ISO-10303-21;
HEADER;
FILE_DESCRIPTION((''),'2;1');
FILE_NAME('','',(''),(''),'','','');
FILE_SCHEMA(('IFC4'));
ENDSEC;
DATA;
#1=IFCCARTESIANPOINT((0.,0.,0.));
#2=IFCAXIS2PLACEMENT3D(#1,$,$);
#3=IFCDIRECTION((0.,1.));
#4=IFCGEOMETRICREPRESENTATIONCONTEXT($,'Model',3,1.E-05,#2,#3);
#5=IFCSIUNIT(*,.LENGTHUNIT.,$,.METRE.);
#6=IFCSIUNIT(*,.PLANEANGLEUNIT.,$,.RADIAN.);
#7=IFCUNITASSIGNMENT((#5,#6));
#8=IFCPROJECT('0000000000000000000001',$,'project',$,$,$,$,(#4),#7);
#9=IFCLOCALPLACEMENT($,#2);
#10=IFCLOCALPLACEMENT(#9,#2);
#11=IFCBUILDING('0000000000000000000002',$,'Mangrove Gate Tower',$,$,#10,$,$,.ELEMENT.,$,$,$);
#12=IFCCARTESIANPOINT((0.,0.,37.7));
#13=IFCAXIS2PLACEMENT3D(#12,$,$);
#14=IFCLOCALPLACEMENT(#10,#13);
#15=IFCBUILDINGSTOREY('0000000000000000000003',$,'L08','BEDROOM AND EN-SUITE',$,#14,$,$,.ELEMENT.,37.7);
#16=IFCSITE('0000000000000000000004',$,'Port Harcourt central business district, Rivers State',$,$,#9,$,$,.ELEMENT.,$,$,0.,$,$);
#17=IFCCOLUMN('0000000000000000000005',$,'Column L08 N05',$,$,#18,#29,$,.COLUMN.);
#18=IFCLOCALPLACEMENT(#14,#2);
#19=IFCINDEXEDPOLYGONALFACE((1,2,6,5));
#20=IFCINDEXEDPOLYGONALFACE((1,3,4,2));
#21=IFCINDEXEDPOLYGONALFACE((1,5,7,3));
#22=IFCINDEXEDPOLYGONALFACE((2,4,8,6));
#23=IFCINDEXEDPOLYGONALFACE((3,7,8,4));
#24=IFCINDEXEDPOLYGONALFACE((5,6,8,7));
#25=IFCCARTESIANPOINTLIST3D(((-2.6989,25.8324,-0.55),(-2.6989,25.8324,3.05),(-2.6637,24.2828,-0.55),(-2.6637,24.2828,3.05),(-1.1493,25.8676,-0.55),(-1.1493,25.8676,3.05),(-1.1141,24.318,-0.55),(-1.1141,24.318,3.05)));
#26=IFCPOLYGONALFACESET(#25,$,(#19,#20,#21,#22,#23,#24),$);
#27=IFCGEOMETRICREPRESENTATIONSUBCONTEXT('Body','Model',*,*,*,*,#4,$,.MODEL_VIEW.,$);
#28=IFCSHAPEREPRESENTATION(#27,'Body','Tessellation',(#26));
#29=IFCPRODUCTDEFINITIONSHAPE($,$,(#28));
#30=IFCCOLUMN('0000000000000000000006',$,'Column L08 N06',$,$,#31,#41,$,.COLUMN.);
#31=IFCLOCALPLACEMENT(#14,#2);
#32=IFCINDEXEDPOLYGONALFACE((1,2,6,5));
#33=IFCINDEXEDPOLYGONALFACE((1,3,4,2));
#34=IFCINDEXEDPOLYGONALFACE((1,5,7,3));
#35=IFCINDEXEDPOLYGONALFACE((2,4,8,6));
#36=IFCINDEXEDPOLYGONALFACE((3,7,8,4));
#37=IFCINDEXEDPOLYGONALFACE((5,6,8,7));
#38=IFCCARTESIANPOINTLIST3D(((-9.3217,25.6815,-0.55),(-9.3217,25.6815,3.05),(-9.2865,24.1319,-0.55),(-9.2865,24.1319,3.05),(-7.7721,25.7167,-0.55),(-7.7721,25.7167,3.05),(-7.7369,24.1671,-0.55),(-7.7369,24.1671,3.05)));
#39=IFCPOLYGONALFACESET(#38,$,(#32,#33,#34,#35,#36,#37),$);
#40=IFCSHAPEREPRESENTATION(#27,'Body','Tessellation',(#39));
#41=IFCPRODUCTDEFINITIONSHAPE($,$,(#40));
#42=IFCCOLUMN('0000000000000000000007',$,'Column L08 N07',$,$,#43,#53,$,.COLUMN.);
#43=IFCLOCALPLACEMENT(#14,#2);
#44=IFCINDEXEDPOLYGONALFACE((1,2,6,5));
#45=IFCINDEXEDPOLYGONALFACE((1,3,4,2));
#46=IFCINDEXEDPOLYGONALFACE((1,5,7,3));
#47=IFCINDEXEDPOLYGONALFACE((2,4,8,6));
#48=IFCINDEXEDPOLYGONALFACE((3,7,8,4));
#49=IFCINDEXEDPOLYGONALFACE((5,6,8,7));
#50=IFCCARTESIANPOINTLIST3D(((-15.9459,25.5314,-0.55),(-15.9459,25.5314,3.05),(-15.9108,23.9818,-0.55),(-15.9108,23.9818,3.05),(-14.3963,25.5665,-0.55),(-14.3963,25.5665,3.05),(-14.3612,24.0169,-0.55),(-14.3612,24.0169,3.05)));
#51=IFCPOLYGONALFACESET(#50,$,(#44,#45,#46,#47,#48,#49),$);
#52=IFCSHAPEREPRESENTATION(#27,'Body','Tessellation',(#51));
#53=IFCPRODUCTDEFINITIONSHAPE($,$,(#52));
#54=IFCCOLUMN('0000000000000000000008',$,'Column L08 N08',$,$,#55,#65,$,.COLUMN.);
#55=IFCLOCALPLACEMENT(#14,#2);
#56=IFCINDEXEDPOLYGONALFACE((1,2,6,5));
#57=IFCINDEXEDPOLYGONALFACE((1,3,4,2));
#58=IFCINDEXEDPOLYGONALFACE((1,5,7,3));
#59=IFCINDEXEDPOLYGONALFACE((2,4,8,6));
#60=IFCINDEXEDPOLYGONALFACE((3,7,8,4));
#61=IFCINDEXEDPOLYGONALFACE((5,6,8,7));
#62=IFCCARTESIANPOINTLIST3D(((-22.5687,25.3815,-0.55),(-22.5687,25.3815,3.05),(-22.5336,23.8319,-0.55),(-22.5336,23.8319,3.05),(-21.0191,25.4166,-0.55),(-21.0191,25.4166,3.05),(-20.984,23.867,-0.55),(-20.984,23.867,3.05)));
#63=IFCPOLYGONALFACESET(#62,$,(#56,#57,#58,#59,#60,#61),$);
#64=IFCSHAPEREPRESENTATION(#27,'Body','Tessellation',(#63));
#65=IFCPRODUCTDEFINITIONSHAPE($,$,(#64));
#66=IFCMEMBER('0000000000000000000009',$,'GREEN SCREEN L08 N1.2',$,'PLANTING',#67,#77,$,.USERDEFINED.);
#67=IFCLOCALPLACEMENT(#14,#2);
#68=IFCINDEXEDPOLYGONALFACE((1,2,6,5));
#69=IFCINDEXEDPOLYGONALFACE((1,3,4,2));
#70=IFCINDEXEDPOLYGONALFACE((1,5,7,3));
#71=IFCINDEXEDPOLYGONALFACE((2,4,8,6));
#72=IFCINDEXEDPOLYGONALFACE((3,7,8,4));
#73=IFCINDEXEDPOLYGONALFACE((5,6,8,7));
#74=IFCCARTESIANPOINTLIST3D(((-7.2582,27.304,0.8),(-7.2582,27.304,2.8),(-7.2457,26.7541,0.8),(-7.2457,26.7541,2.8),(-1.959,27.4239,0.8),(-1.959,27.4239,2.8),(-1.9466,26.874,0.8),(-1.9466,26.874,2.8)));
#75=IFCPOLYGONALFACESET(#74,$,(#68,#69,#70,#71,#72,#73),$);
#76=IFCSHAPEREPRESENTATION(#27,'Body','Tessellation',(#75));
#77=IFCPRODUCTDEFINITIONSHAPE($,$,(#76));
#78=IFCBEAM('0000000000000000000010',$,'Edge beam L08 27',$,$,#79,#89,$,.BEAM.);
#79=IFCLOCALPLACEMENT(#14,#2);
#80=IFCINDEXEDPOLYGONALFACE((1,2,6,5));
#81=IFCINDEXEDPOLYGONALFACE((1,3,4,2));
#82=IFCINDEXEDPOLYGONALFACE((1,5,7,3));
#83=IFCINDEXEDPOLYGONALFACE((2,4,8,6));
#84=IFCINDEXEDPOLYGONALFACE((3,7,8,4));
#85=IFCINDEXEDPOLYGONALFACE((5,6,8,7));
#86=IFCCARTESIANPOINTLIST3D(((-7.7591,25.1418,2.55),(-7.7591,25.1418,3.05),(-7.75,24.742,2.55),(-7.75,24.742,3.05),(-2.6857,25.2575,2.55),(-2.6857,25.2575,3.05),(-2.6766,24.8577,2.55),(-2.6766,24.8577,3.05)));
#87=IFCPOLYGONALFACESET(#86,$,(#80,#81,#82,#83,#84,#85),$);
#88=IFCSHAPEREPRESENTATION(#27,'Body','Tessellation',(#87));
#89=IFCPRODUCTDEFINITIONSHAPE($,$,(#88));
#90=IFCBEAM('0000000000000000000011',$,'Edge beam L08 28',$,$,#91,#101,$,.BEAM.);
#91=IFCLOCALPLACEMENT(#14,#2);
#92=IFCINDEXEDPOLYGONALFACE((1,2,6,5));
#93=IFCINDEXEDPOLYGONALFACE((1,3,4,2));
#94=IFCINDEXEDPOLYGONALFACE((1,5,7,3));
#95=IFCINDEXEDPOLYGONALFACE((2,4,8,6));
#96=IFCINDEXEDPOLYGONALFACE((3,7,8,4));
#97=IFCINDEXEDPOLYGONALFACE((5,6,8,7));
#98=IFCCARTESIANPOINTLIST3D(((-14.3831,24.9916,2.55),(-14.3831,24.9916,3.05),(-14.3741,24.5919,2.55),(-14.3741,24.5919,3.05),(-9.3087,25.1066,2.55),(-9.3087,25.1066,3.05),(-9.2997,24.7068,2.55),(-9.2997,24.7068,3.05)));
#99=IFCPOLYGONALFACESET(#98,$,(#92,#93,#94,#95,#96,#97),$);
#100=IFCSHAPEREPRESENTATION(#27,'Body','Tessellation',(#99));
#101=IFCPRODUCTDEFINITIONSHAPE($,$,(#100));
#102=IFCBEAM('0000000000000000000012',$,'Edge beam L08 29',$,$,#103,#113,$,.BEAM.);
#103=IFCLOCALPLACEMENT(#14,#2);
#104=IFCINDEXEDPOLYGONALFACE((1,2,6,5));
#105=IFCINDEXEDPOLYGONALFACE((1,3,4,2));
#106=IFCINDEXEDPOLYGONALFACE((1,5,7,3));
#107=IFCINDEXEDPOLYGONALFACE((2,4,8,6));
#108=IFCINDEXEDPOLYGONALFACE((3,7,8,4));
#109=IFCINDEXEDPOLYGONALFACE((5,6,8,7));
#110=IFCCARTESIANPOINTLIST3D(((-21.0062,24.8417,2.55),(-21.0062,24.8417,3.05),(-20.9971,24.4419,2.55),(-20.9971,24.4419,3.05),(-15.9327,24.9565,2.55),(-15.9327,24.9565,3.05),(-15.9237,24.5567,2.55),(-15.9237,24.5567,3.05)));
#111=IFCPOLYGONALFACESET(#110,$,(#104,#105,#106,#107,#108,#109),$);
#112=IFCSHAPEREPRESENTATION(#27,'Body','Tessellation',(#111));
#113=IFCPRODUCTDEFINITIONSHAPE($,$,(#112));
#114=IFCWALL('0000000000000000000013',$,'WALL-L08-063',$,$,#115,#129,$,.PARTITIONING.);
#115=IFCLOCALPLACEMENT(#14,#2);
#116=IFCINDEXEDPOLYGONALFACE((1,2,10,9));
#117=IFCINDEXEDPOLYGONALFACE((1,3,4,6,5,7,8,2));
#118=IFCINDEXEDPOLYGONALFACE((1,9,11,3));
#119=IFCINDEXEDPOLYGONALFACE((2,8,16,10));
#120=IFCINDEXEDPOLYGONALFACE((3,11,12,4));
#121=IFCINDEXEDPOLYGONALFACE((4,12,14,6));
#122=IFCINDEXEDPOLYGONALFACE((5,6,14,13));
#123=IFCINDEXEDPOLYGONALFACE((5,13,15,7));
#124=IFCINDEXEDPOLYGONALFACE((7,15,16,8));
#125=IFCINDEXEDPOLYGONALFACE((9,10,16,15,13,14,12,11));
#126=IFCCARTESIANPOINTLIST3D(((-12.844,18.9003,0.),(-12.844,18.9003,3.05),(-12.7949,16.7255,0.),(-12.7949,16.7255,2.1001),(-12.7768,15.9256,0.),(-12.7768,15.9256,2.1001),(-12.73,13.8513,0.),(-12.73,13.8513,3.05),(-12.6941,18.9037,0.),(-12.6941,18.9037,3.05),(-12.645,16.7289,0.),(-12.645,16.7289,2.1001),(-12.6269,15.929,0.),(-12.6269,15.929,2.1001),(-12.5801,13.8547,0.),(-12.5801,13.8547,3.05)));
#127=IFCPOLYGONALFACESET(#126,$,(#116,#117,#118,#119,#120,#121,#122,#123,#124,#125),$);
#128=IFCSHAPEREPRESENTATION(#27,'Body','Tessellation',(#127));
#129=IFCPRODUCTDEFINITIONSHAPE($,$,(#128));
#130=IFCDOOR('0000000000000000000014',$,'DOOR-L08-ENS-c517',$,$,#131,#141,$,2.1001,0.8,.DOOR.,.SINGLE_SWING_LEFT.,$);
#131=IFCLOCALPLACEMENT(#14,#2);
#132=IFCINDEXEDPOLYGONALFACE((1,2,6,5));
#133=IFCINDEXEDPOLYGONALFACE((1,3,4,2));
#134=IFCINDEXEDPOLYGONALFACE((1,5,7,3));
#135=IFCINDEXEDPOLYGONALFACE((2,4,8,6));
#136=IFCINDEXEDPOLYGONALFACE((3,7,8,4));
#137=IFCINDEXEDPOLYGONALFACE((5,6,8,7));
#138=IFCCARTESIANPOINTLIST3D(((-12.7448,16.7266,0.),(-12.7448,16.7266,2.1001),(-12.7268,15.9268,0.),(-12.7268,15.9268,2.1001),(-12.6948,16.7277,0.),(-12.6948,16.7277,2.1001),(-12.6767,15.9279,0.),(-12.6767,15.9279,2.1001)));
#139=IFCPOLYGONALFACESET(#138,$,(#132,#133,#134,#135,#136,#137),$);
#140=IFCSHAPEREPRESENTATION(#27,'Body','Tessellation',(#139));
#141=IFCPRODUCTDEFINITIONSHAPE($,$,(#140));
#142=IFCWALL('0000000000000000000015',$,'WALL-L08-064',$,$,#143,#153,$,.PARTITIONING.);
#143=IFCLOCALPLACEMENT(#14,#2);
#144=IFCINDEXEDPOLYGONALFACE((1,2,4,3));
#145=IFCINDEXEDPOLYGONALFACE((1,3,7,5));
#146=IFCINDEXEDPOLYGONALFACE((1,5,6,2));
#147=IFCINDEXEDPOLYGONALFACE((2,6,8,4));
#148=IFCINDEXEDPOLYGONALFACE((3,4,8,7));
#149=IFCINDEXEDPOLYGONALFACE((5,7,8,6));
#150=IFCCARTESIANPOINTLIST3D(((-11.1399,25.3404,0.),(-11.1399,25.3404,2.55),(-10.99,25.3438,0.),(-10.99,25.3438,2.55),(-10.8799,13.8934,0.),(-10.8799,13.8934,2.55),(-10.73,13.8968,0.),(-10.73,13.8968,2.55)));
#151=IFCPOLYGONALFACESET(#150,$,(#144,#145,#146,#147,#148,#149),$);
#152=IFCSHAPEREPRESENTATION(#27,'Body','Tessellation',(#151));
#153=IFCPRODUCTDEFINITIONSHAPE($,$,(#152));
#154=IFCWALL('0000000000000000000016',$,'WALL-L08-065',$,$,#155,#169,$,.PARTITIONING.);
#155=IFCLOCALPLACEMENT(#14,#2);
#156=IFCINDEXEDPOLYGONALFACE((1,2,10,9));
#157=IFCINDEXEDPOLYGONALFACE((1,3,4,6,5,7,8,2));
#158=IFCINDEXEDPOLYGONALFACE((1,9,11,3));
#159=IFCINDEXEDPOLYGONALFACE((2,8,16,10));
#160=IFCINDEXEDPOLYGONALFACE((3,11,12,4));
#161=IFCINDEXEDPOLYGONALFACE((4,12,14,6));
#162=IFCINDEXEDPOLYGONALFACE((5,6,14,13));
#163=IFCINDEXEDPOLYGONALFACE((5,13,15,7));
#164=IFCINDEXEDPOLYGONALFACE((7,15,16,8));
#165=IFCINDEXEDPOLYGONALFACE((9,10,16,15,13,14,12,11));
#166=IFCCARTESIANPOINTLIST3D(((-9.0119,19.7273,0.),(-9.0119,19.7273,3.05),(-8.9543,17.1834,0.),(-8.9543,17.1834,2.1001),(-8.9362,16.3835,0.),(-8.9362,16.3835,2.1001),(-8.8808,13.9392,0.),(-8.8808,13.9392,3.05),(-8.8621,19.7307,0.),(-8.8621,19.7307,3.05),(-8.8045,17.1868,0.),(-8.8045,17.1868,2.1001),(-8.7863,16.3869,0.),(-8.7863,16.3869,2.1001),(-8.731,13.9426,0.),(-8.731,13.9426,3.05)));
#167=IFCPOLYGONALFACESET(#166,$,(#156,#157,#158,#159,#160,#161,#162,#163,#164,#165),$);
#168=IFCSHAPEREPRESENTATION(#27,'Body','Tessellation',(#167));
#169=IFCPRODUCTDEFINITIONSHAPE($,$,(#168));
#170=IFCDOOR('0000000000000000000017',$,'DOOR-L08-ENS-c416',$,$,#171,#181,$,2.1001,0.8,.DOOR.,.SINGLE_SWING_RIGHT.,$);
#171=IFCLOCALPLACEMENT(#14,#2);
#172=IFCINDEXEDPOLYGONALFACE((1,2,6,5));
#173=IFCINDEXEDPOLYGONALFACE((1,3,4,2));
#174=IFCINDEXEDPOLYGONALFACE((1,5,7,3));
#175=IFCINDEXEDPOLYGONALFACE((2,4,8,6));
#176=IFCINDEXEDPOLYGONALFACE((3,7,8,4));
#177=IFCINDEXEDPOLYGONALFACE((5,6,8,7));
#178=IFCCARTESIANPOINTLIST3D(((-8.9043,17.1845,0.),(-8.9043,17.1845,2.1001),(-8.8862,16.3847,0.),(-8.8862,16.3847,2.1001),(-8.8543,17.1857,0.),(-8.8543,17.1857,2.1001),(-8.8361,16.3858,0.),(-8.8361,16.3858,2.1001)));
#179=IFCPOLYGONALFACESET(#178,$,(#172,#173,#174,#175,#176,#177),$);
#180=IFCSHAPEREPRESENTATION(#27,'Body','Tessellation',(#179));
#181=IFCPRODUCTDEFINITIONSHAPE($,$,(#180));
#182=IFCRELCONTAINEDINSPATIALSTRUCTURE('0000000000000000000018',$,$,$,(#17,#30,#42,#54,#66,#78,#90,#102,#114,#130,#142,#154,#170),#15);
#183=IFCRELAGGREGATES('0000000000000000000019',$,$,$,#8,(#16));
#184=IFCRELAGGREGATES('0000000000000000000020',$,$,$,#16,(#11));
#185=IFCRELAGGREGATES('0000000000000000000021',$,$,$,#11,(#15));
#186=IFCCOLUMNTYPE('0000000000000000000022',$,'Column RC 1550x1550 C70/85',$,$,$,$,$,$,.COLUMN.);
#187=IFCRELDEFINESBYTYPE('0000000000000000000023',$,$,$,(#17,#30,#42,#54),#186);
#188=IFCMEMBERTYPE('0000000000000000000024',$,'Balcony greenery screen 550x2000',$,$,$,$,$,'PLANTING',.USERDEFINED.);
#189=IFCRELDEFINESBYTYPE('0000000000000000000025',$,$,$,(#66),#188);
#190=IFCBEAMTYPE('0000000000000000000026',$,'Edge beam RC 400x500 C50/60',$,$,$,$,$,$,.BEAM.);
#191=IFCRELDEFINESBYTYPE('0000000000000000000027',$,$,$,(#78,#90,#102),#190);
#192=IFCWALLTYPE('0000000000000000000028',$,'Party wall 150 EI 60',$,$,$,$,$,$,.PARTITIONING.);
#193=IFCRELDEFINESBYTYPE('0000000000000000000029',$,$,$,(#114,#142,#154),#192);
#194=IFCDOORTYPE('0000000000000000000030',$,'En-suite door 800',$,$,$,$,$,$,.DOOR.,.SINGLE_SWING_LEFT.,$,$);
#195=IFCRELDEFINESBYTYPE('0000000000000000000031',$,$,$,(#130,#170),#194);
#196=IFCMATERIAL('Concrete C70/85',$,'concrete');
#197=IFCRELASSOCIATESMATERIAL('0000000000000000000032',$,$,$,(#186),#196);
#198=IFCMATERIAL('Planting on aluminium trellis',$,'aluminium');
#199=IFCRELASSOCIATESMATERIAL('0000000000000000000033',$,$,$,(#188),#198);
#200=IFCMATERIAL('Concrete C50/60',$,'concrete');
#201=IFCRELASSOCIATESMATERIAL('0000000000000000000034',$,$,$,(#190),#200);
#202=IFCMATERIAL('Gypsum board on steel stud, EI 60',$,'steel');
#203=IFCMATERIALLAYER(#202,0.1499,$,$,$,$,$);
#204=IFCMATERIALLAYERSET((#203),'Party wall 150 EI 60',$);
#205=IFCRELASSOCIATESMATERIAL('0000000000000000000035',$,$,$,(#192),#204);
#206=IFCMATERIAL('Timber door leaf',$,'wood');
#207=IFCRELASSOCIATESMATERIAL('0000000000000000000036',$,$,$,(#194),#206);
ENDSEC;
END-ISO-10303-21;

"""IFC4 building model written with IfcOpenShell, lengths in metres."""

from ifc_helpers import new_model, si_unit, direction, frame, frame_2d, origin, origin_2d, place, context, subcontext, project, spatial, rectangle, extrude, material, layer, layer_set, material_profile, profile_set, type_object, element, fill, save


model = new_model("IFC4")

# Units and contexts
model_context = context("Model", 3, precision=1e-05, world=origin(), true_north=direction((0.0, 1.0)))
body_context = subcontext(model_context, "Body", "Model", "MODEL_VIEW")
ifc_project = project(units=[si_unit("LENGTHUNIT", "METRE"), si_unit("PLANEANGLEUNIT", "RADIAN")], contexts=[model_context])

# Site, building, storey
site_placement = place(None, origin())
site = spatial("IfcSite", under=ifc_project, at=site_placement, Name="Port Harcourt central business district, Rivers State", CompositionType="ELEMENT", RefElevation=0.0)
building_placement = place(site_placement, origin())
building = spatial("IfcBuilding", under=site, at=building_placement, Name="Mangrove Gate Tower", CompositionType="ELEMENT")
storey_placement = place(building_placement, frame((0.0, 0.0, 37.7)))
storey = spatial("IfcBuildingStorey", under=building, at=storey_placement, Name="L08", Description="BEDROOM AND EN-SUITE", CompositionType="ELEMENT", Elevation=37.7)

# Columns
ifc_material_1 = material(Name="Concrete C70/85", Category="concrete")
ifc_material_profile_1 = material_profile(ifc_material_1, rectangle(XDim=1.55, YDim=1.55, at=origin_2d()))
ifc_profile_set_1 = profile_set([ifc_material_profile_1], Name="Concrete C70/85")
column_type = type_object("IfcColumnType", Name="Column RC 1550x1550 C70/85", PredefinedType="COLUMN", material=ifc_profile_set_1)
for number, where, z_axis, x_axis, name in (
    (1, (-1.9065, 25.0752, -0.55), (0.0, 0.0, 1.0), (-0.999742, -0.022718, 0.0), "Column L08 N05"),
    (2, (-8.5293, 24.9243, -0.55), (0.0, 0.0, 1.0), (-0.999742, -0.022716, 0.0), "Column L08 N06"),
    (3, (-15.1536, 24.7742, -0.55), (0.0, 0.0, 1.0), (-0.999744, -0.022641, 0.0), "Column L08 N07"),
    (4, (-21.7764, 24.6243, -0.55), (0.0, 0.0, 1.0), (-0.999744, -0.022643, 0.0), "Column L08 N08"),
):
    element("IfcColumn", number, at=place(storey_placement, frame(where, z_axis=z_axis, x_axis=x_axis)), inside=storey, type_object=column_type, Name=name, PredefinedType="COLUMN", context=body_context, shape_type="SweptSolid", body=[
        extrude(rectangle(XDim=1.55, YDim=1.55, at=origin_2d()), origin(), (0.0, 0.0, 1.0), 3.6001),
    ])

# Member
ifc_material_2 = material(Name="Planting on aluminium trellis", Category="aluminium")
ifc_material_profile_2 = material_profile(ifc_material_2, rectangle(XDim=0.55, YDim=2.0, at=origin_2d()))
ifc_profile_set_2 = profile_set([ifc_material_profile_2], Name="Planting on aluminium trellis")
member_type = type_object("IfcMemberType", Name="Balcony greenery screen 550x2000", ElementType="PLANTING", PredefinedType="USERDEFINED", material=ifc_profile_set_2)
member_placement = place(storey_placement, frame((-7.252, 27.0291, 1.8), z_axis=(0.999744, 0.022616, 0.0), x_axis=(-0.022616, 0.999744, 0.0)))
element("IfcMember", 5, at=member_placement, inside=storey, type_object=member_type, Name="GREEN SCREEN L08 N1.2", ObjectType="PLANTING", PredefinedType="USERDEFINED", context=body_context, shape_type="SweptSolid", body=[
    extrude(rectangle(XDim=0.55, YDim=2.0, at=origin_2d()), origin(), (0.0, 0.0, 1.0), 5.3005),
])

# Beams
ifc_material_3 = material(Name="Concrete C50/60", Category="concrete")
ifc_material_profile_3 = material_profile(ifc_material_3, rectangle(XDim=0.3999, YDim=0.5, at=origin_2d()))
ifc_profile_set_3 = profile_set([ifc_material_profile_3], Name="Concrete C50/60")
beam_type = type_object("IfcBeamType", Name="Edge beam RC 400x500 C50/60", PredefinedType="BEAM", material=ifc_profile_set_3)
beam_1_placement = place(storey_placement, frame((-2.6812, 25.0576, 2.8), z_axis=(-0.99974, -0.022803, 0.0), x_axis=(0.022803, -0.99974, 0.0)))
element("IfcBeam", 6, at=beam_1_placement, inside=storey, type_object=beam_type, Name="Edge beam L08 27", PredefinedType="BEAM", context=body_context, shape_type="SweptSolid", body=[
    extrude(rectangle(XDim=0.3999, YDim=0.5, at=origin_2d()), origin(), (0.0, 0.0, 1.0), 5.0747),
])
beam_2_placement = place(storey_placement, frame((-9.3042, 24.9067, 2.8), z_axis=(-0.999743, -0.022655, 0.0), x_axis=(0.022655, -0.999743, 0.0)))
element("IfcBeam", 7, at=beam_2_placement, inside=storey, type_object=beam_type, Name="Edge beam L08 28", PredefinedType="BEAM", context=body_context, shape_type="SweptSolid", body=[
    extrude(rectangle(XDim=0.3999, YDim=0.5, at=origin_2d()), origin(), (0.0, 0.0, 1.0), 5.0757),
])
beam_3_placement = place(storey_placement, frame((-15.9282, 24.7566, 2.8), z_axis=(-0.999744, -0.022611, 0.0), x_axis=(0.022611, -0.999744, 0.0)))
element("IfcBeam", 8, at=beam_3_placement, inside=storey, type_object=beam_type, Name="Edge beam L08 29", PredefinedType="BEAM", context=body_context, shape_type="SweptSolid", body=[
    extrude(rectangle(XDim=0.3999, YDim=0.5, at=origin_2d()), origin(), (0.0, 0.0, 1.0), 5.0747),
])

# Wall, opening, door
ifc_material_4 = material(Name="Gypsum board on steel stud, EI 60", Category="steel")
ifc_layer_1 = layer(ifc_material_4, 0.1499)
ifc_layer_set_1 = layer_set([ifc_layer_1], Name="Party wall 150 EI 60")
wall_type_1 = type_object("IfcWallType", Name="Party wall 150 EI 60", PredefinedType="PARTITIONING", material=ifc_layer_set_1)
wall_1_placement = place(storey_placement, frame((-12.655, 13.853, 0.0), z_axis=(0.0, 0.0, 1.0), x_axis=(-0.022575, 0.999745, 0.0)))
wall_1 = element("IfcWall", 9, at=wall_1_placement, inside=storey, type_object=wall_type_1, Name="WALL-L08-063", PredefinedType="PARTITIONING", context=body_context, shape_type="SweptSolid", body=[
    extrude(rectangle(XDim=5.0503, YDim=0.1499, at=frame_2d((2.5251, 0.0))), origin(), (0.0, 0.0, 1.0), 3.05),
])
opening_1_placement = place(wall_1_placement, frame((2.075, 0.0, 0.0)))
opening_1 = element("IfcOpeningElement", 10, at=opening_1_placement, cuts=wall_1, PredefinedType="OPENING", context=body_context, shape_type="SweptSolid", body=[
    extrude(rectangle(XDim=0.8, YDim=2.1001, at=frame_2d((0.3999, 1.05))), frame((0.0, 0.085, 0.0), z_axis=(0.0, -1.0, 0.0), x_axis=(1.0, 0.0, 0.0)), (0.0, 0.0, 1.0), 0.1699),
])
ifc_material_5 = material(Name="Timber door leaf", Category="wood")
door_type = type_object("IfcDoorType", Name="En-suite door 800", OperationType="SINGLE_SWING_LEFT", PredefinedType="DOOR", material=ifc_material_5)
door_1_placement = place(opening_1_placement, origin())
door_1 = element("IfcDoor", 11, at=door_1_placement, inside=storey, type_object=door_type, Name="DOOR-L08-ENS-c517", OperationType="SINGLE_SWING_LEFT", OverallHeight=2.1001, OverallWidth=0.8, PredefinedType="DOOR", context=body_context, shape_type="SweptSolid", body=[
    extrude(rectangle(XDim=0.8, YDim=2.1001, at=frame_2d((0.3999, 1.05))), frame((0.0, 0.0249, 0.0), z_axis=(0.0, -1.0, 0.0), x_axis=(1.0, 0.0, 0.0)), (0.0, 0.0, 1.0), 0.05),
])
fill(opening_1, door_1)

# Wall
wall_2_placement = place(storey_placement, frame((-10.8049, 13.895, 0.0), z_axis=(0.0, 0.0, 1.0), x_axis=(-0.022708, 0.999742, 0.0)))
element("IfcWall", 12, at=wall_2_placement, inside=storey, type_object=wall_type_1, Name="WALL-L08-064", PredefinedType="PARTITIONING", context=body_context, shape_type="SweptSolid", body=[
    extrude(rectangle(XDim=11.45, YDim=0.1499, at=frame_2d((5.7251, 0.0))), origin(), (0.0, 0.0, 1.0), 2.55),
])

# Wall, opening, door
wall_3_placement = place(storey_placement, frame((-8.8059, 13.9409, 0.0), z_axis=(0.0, 0.0, 1.0), x_axis=(-0.022645, 0.999744, 0.0)))
wall_3 = element("IfcWall", 13, at=wall_3_placement, inside=storey, type_object=wall_type_1, Name="WALL-L08-065", PredefinedType="PARTITIONING", context=body_context, shape_type="SweptSolid", body=[
    extrude(rectangle(XDim=5.7896, YDim=0.1499, at=frame_2d((2.8948, 0.0))), origin(), (0.0, 0.0, 1.0), 3.05),
])
opening_2_placement = place(wall_3_placement, frame((2.4451, 0.0, 0.0)))
opening_2 = element("IfcOpeningElement", 14, at=opening_2_placement, cuts=wall_3, PredefinedType="OPENING", context=body_context, shape_type="SweptSolid", body=[
    extrude(rectangle(XDim=0.8, YDim=2.1001, at=frame_2d((0.3999, 1.05))), frame((0.0, 0.085, 0.0), z_axis=(0.0, -1.0, 0.0), x_axis=(1.0, 0.0, 0.0)), (0.0, 0.0, 1.0), 0.1699),
])
door_2_placement = place(opening_2_placement, origin())
door_2 = element("IfcDoor", 15, at=door_2_placement, inside=storey, type_object=door_type, Name="DOOR-L08-ENS-c416", OperationType="SINGLE_SWING_RIGHT", OverallHeight=2.1001, OverallWidth=0.8, PredefinedType="DOOR", context=body_context, shape_type="SweptSolid", body=[
    extrude(rectangle(XDim=0.8, YDim=2.1001, at=frame_2d((0.3999, 1.05))), frame((0.0, 0.0249, 0.0), z_axis=(0.0, -1.0, 0.0), x_axis=(1.0, 0.0, 0.0)), (0.0, 0.0, 1.0), 0.05),
])
fill(opening_2, door_2)

save(model, "model.ifc")
